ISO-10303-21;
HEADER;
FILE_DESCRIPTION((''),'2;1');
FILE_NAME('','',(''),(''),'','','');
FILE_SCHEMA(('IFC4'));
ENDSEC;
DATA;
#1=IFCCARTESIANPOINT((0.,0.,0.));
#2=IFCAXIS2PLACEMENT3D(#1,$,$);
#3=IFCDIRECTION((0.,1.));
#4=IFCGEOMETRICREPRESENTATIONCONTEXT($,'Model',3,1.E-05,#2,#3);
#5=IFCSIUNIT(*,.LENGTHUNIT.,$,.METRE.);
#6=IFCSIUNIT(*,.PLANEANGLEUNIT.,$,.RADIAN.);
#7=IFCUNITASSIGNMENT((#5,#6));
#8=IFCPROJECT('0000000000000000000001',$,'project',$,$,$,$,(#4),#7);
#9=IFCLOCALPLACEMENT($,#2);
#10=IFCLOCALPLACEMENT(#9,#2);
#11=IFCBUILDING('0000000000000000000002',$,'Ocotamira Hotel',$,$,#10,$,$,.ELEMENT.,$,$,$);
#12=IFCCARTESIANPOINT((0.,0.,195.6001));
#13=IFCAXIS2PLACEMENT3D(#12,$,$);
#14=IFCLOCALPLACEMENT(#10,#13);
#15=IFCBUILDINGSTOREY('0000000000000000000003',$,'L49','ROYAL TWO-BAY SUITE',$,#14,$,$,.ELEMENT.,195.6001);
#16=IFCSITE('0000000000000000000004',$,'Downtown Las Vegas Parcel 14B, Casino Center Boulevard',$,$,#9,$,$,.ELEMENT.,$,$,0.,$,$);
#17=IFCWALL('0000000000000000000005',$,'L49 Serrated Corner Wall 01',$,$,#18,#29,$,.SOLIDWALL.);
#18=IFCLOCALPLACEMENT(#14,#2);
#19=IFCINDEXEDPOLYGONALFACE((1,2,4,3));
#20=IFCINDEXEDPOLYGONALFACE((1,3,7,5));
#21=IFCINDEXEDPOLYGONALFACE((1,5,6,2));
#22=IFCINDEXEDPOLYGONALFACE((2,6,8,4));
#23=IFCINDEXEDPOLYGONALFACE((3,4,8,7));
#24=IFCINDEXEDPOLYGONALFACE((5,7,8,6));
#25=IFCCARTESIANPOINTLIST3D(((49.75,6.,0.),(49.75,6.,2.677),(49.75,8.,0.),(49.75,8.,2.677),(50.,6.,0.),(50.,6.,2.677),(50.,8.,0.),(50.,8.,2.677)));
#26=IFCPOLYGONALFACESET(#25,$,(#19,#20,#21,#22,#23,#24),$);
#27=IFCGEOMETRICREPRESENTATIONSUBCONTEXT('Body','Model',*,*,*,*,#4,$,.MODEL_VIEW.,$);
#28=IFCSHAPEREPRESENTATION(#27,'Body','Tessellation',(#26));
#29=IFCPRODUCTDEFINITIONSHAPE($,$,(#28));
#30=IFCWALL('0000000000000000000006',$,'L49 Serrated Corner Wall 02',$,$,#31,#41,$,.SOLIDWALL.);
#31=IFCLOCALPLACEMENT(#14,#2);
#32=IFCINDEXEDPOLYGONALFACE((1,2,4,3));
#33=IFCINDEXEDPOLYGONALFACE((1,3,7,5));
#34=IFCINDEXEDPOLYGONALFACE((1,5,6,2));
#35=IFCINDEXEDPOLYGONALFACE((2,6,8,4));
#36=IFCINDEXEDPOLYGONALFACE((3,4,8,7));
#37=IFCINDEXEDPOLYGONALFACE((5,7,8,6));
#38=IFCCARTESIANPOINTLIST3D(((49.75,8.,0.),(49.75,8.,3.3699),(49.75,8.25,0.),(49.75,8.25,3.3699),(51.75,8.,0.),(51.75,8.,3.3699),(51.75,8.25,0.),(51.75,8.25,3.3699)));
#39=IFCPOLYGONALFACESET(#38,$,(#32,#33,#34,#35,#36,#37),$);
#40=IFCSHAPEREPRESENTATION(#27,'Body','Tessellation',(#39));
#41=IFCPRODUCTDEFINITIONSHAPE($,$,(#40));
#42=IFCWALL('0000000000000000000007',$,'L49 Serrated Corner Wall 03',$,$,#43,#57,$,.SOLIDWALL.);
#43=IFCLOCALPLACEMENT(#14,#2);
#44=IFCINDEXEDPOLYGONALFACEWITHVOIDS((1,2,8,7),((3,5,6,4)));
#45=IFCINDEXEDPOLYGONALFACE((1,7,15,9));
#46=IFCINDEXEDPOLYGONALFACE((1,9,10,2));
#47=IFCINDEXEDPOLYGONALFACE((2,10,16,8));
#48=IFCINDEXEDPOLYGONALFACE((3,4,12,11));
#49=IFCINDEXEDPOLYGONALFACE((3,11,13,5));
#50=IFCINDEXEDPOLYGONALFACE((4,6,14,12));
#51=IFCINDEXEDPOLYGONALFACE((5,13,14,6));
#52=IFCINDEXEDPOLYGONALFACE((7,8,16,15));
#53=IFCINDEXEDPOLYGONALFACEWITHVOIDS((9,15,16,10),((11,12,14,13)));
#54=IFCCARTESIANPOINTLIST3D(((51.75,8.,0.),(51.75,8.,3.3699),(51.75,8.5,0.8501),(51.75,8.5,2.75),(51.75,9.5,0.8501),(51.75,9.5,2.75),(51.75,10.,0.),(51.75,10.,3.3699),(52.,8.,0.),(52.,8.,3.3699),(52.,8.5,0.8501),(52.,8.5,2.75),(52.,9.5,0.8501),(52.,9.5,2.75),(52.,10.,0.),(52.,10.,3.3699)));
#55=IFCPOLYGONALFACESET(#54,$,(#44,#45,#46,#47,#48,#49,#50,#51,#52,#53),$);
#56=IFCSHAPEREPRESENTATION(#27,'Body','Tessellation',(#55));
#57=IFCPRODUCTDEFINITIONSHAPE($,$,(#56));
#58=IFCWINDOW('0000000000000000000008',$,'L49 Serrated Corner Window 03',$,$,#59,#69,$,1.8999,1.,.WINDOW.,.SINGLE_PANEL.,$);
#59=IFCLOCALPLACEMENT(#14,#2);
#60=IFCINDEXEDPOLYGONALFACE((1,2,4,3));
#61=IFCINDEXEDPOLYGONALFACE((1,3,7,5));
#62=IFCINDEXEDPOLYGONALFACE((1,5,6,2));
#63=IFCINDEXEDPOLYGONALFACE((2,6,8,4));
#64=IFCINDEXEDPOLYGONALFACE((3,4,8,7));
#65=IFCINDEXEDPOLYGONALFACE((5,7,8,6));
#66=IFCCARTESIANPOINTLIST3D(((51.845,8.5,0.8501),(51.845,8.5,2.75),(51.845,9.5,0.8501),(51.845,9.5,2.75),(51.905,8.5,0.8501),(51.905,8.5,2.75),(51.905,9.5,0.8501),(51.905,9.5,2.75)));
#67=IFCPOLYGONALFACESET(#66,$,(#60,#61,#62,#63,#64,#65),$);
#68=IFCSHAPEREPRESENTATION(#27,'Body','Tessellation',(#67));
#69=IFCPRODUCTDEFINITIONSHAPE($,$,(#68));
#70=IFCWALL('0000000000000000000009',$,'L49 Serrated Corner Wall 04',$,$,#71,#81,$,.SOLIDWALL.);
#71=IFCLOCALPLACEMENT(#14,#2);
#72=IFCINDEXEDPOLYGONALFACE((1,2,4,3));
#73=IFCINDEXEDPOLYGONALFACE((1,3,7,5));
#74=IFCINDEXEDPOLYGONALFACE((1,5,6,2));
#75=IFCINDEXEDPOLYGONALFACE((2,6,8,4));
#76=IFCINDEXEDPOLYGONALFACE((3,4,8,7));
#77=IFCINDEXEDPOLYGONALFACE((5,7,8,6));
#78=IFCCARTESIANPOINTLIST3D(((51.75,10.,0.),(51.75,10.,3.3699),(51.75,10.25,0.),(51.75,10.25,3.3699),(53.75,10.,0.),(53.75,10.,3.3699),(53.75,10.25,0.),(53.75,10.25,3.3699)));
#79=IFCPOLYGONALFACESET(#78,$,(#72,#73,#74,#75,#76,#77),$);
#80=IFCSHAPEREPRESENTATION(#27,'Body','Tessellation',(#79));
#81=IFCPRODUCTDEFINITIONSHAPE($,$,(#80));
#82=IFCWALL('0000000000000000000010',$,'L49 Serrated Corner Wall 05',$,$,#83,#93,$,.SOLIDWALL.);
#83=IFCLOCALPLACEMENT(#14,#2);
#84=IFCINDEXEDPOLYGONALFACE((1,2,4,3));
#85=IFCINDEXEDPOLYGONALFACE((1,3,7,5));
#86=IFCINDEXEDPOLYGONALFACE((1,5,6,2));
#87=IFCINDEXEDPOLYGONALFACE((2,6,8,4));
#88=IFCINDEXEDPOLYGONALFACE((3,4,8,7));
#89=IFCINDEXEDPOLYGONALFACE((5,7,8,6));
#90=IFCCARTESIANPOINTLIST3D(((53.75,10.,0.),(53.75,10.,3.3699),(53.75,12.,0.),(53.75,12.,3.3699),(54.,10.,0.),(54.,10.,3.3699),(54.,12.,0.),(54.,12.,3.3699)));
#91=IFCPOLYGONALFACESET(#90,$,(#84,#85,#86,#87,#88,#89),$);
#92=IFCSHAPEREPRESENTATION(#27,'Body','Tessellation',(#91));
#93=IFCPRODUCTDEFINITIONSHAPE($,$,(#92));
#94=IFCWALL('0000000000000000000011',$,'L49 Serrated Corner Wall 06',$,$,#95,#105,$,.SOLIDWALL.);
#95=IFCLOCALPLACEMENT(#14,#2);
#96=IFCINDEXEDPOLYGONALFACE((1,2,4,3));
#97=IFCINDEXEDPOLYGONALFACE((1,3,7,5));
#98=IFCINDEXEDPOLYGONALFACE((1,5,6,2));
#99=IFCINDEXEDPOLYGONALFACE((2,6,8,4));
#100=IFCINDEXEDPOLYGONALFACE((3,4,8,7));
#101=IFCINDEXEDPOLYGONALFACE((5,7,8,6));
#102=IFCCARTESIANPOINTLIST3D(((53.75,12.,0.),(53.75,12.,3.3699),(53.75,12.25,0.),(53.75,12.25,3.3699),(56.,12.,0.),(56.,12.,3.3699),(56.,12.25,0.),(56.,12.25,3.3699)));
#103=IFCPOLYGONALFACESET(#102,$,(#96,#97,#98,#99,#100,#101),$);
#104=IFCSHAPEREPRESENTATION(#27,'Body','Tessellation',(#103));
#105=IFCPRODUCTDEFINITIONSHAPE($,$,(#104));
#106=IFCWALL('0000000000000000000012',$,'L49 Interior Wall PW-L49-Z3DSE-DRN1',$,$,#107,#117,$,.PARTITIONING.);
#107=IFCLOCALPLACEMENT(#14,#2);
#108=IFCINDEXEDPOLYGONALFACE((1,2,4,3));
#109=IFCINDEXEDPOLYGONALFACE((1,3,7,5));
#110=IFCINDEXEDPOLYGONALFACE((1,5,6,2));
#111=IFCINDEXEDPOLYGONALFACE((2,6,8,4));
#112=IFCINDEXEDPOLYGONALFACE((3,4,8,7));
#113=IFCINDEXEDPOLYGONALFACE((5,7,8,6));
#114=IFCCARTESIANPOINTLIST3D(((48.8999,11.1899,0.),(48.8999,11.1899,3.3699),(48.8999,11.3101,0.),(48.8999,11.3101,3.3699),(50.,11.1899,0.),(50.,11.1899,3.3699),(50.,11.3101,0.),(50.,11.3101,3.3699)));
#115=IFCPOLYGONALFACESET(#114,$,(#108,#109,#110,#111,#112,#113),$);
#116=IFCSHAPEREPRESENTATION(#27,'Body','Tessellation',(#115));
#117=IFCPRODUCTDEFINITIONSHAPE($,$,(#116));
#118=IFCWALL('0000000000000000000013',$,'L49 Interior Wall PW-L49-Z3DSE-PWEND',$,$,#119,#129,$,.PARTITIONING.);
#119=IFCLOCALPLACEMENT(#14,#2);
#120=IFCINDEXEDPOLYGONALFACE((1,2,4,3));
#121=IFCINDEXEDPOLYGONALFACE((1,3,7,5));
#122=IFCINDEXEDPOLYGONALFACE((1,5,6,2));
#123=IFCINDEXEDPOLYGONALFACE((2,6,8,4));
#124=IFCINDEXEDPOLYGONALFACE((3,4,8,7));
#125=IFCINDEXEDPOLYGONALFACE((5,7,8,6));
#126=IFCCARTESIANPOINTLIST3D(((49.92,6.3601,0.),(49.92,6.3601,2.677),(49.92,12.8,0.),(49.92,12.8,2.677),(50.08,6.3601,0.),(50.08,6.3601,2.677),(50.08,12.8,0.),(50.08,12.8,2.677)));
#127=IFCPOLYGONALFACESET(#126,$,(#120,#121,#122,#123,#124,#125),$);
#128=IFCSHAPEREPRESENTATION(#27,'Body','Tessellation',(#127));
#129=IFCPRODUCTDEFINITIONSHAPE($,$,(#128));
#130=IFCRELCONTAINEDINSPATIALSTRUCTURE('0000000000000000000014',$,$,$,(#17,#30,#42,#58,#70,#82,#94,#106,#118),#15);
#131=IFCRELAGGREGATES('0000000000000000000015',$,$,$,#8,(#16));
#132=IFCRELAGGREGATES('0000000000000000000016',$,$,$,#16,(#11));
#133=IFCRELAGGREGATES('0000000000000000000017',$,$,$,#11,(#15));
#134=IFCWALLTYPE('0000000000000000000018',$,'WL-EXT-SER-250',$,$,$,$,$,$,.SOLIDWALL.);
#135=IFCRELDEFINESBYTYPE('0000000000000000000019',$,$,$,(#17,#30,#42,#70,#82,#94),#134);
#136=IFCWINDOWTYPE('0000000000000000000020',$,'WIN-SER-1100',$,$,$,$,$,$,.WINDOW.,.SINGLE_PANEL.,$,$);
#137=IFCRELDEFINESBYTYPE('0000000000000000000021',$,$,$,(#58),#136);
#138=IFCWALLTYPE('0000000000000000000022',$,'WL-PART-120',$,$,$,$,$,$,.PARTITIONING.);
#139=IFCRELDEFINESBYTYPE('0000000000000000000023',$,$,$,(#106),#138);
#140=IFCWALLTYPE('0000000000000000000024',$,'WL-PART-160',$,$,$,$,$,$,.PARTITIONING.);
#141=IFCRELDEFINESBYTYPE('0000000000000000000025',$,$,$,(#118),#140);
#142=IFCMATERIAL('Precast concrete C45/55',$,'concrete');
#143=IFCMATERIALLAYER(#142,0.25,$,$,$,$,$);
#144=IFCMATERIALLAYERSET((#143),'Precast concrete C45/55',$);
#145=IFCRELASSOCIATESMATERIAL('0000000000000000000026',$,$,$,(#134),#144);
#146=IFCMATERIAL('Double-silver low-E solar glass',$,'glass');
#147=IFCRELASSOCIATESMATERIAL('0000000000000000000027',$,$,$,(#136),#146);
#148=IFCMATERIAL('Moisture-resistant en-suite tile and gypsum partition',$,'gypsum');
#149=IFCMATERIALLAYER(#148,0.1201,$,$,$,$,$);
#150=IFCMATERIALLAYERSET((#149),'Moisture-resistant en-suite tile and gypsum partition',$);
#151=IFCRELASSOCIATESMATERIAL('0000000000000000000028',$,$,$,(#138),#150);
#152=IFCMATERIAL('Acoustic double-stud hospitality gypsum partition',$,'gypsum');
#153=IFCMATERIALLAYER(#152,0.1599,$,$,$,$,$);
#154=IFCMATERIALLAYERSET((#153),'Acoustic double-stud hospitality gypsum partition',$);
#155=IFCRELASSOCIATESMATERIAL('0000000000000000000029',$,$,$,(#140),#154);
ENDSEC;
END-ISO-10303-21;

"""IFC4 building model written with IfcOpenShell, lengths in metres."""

from ifc_helpers import new_model, si_unit, direction, frame, frame_2d, origin, place, context, subcontext, project, spatial, rectangle, extrude, source, transform, mapped, material, layer, layer_set, type_object, element, fill, save


model = new_model("IFC4")

# Units and contexts
model_context = context("Model", 3, precision=1e-05, world=origin(), true_north=direction((0.0, 1.0)))
body_context = subcontext(model_context, "Body", "Model", "MODEL_VIEW")
ifc_project = project(units=[si_unit("LENGTHUNIT", "METRE"), si_unit("PLANEANGLEUNIT", "RADIAN")], contexts=[model_context])

# Site, building, storey
site_placement = place(None, origin())
site = spatial("IfcSite", under=ifc_project, at=site_placement, Name="Downtown Las Vegas Parcel 14B, Casino Center Boulevard", CompositionType="ELEMENT", RefElevation=0.0)
building_placement = place(site_placement, origin())
building = spatial("IfcBuilding", under=site, at=building_placement, Name="Ocotamira Hotel", CompositionType="ELEMENT")
storey_placement = place(building_placement, frame((0.0, 0.0, 195.6001)))
storey = spatial("IfcBuildingStorey", under=building, at=storey_placement, Name="L49", Description="ROYAL TWO-BAY SUITE", CompositionType="ELEMENT", Elevation=195.6001)

# Walls
ifc_material_1 = material(Name="Precast concrete C45/55", Category="concrete")
ifc_layer_1 = layer(ifc_material_1, 0.25)
ifc_layer_set_1 = layer_set([ifc_layer_1], Name="Precast concrete C45/55")
wall_type_1 = type_object("IfcWallType", Name="WL-EXT-SER-250", PredefinedType="SOLIDWALL", material=ifc_layer_set_1)
wall_1_placement = place(storey_placement, frame((49.875, 6.0, 0.0), z_axis=(0.0, 0.0, 1.0), x_axis=(0.0, 1.0, 0.0)))
element("IfcWall", 1, at=wall_1_placement, inside=storey, type_object=wall_type_1, Name="L49 Serrated Corner Wall 01", PredefinedType="SOLIDWALL", context=body_context, shape_type="SweptSolid", body=[
    extrude(rectangle(XDim=2.0, YDim=0.25, at=frame_2d((1.0, 0.0))), origin(), (0.0, 0.0, 1.0), 2.677),
])
wall_2_placement = place(storey_placement, frame((49.75, 8.125, 0.0), z_axis=(0.0, 0.0, 1.0), x_axis=(1.0, 0.0, 0.0)))
element("IfcWall", 2, at=wall_2_placement, inside=storey, type_object=wall_type_1, Name="L49 Serrated Corner Wall 02", PredefinedType="SOLIDWALL", context=body_context, shape_type="SweptSolid", body=[
    extrude(rectangle(XDim=2.0, YDim=0.25, at=frame_2d((1.0, 0.0))), origin(), (0.0, 0.0, 1.0), 3.3699),
])

# Wall, opening, window
wall_3_placement = place(storey_placement, frame((51.875, 8.0, 0.0), z_axis=(0.0, 0.0, 1.0), x_axis=(0.0, 1.0, 0.0)))
wall_3 = element("IfcWall", 3, at=wall_3_placement, inside=storey, type_object=wall_type_1, Name="L49 Serrated Corner Wall 03", PredefinedType="SOLIDWALL", context=body_context, shape_type="SweptSolid", body=[
    extrude(rectangle(XDim=2.0, YDim=0.25, at=frame_2d((1.0, 0.0))), origin(), (0.0, 0.0, 1.0), 3.3699),
])
opening_1_placement = place(wall_3_placement, frame((0.5, 0.0, 0.8501)))
opening_1 = element("IfcOpeningElement", 4, at=opening_1_placement, cuts=wall_3, PredefinedType="OPENING", context=body_context, shape_type="SweptSolid", body=[
    extrude(rectangle(XDim=1.0, YDim=1.8999, at=frame_2d((0.5, 0.95))), frame((0.0, 0.135, 0.0), z_axis=(0.0, -1.0, 0.0), x_axis=(1.0, 0.0, 0.0)), (0.0, 0.0, 1.0), 0.27),
])
ifc_material_2 = material(Name="Double-silver low-E solar glass", Category="glass")
window_type = type_object("IfcWindowType", Name="WIN-SER-1100", PartitioningType="SINGLE_PANEL", PredefinedType="WINDOW", material=ifc_material_2)
shared_shape_1 = source(origin(), body_context, "Body", "SweptSolid", [
    extrude(rectangle(XDim=1.0, YDim=1.8999, at=frame_2d((0.5, 0.95))), frame((0.0, 0.03, 0.0), z_axis=(0.0, -1.0, 0.0), x_axis=(1.0, 0.0, 0.0)), (0.0, 0.0, 1.0), 0.0601),
])
window_placement = place(opening_1_placement, origin())
window = element("IfcWindow", 5, at=window_placement, inside=storey, type_object=window_type, Name="L49 Serrated Corner Window 03", OverallHeight=1.8999, OverallWidth=1.0, PartitioningType="SINGLE_PANEL", PredefinedType="WINDOW", context=body_context, shape_type="MappedRepresentation", body=[
    mapped(shared_shape_1, transform((0.0, 0.0, 0.0), scale=1.0)),
])
fill(opening_1, window)

# Walls
for number, where, z_axis, x_axis, name in (
    (6, (51.75, 10.125, 0.0), (0.0, 0.0, 1.0), (1.0, 0.0, 0.0), "L49 Serrated Corner Wall 04"),
    (7, (53.875, 10.0, 0.0), (0.0, 0.0, 1.0), (0.0, 1.0, 0.0), "L49 Serrated Corner Wall 05"),
):
    element("IfcWall", number, at=place(storey_placement, frame(where, z_axis=z_axis, x_axis=x_axis)), inside=storey, type_object=wall_type_1, Name=name, PredefinedType="SOLIDWALL", context=body_context, shape_type="SweptSolid", body=[
        extrude(rectangle(XDim=2.0, YDim=0.25, at=frame_2d((1.0, 0.0))), origin(), (0.0, 0.0, 1.0), 3.3699),
    ])
wall_4_placement = place(storey_placement, frame((53.75, 12.125, 0.0), z_axis=(0.0, 0.0, 1.0), x_axis=(1.0, 0.0, 0.0)))
element("IfcWall", 8, at=wall_4_placement, inside=storey, type_object=wall_type_1, Name="L49 Serrated Corner Wall 06", PredefinedType="SOLIDWALL", context=body_context, shape_type="SweptSolid", body=[
    extrude(rectangle(XDim=2.25, YDim=0.25, at=frame_2d((1.125, 0.0))), origin(), (0.0, 0.0, 1.0), 3.3699),
])

# Walls
ifc_material_3 = material(Name="Moisture-resistant en-suite tile and gypsum partition", Category="gypsum")
ifc_layer_2 = layer(ifc_material_3, 0.1201)
ifc_layer_set_2 = layer_set([ifc_layer_2], Name="Moisture-resistant en-suite tile and gypsum partition")
wall_type_2 = type_object("IfcWallType", Name="WL-PART-120", PredefinedType="PARTITIONING", material=ifc_layer_set_2)
wall_5_placement = place(storey_placement, frame((48.8999, 11.25, 0.0), z_axis=(0.0, 0.0, 1.0), x_axis=(1.0, 0.0, 0.0)))
element("IfcWall", 9, at=wall_5_placement, inside=storey, type_object=wall_type_2, Name="L49 Interior Wall PW-L49-Z3DSE-DRN1", PredefinedType="PARTITIONING", context=body_context, shape_type="SweptSolid", body=[
    extrude(rectangle(XDim=1.1001, YDim=0.1201, at=frame_2d((0.55, 0.0))), origin(), (0.0, 0.0, 1.0), 3.3699),
])
ifc_material_4 = material(Name="Acoustic double-stud hospitality gypsum partition", Category="gypsum")
ifc_layer_3 = layer(ifc_material_4, 0.1599)
ifc_layer_set_3 = layer_set([ifc_layer_3], Name="Acoustic double-stud hospitality gypsum partition")
wall_type_3 = type_object("IfcWallType", Name="WL-PART-160", PredefinedType="PARTITIONING", material=ifc_layer_set_3)
wall_6_placement = place(storey_placement, frame((50.0, 6.3601, 0.0), z_axis=(0.0, 0.0, 1.0), x_axis=(0.0, 1.0, 0.0)))
element("IfcWall", 10, at=wall_6_placement, inside=storey, type_object=wall_type_3, Name="L49 Interior Wall PW-L49-Z3DSE-PWEND", PredefinedType="PARTITIONING", context=body_context, shape_type="SweptSolid", body=[
    extrude(rectangle(XDim=6.4399, YDim=0.1599, at=frame_2d((3.22, 0.0))), origin(), (0.0, 0.0, 1.0), 2.677),
])

save(model, "model.ifc")
